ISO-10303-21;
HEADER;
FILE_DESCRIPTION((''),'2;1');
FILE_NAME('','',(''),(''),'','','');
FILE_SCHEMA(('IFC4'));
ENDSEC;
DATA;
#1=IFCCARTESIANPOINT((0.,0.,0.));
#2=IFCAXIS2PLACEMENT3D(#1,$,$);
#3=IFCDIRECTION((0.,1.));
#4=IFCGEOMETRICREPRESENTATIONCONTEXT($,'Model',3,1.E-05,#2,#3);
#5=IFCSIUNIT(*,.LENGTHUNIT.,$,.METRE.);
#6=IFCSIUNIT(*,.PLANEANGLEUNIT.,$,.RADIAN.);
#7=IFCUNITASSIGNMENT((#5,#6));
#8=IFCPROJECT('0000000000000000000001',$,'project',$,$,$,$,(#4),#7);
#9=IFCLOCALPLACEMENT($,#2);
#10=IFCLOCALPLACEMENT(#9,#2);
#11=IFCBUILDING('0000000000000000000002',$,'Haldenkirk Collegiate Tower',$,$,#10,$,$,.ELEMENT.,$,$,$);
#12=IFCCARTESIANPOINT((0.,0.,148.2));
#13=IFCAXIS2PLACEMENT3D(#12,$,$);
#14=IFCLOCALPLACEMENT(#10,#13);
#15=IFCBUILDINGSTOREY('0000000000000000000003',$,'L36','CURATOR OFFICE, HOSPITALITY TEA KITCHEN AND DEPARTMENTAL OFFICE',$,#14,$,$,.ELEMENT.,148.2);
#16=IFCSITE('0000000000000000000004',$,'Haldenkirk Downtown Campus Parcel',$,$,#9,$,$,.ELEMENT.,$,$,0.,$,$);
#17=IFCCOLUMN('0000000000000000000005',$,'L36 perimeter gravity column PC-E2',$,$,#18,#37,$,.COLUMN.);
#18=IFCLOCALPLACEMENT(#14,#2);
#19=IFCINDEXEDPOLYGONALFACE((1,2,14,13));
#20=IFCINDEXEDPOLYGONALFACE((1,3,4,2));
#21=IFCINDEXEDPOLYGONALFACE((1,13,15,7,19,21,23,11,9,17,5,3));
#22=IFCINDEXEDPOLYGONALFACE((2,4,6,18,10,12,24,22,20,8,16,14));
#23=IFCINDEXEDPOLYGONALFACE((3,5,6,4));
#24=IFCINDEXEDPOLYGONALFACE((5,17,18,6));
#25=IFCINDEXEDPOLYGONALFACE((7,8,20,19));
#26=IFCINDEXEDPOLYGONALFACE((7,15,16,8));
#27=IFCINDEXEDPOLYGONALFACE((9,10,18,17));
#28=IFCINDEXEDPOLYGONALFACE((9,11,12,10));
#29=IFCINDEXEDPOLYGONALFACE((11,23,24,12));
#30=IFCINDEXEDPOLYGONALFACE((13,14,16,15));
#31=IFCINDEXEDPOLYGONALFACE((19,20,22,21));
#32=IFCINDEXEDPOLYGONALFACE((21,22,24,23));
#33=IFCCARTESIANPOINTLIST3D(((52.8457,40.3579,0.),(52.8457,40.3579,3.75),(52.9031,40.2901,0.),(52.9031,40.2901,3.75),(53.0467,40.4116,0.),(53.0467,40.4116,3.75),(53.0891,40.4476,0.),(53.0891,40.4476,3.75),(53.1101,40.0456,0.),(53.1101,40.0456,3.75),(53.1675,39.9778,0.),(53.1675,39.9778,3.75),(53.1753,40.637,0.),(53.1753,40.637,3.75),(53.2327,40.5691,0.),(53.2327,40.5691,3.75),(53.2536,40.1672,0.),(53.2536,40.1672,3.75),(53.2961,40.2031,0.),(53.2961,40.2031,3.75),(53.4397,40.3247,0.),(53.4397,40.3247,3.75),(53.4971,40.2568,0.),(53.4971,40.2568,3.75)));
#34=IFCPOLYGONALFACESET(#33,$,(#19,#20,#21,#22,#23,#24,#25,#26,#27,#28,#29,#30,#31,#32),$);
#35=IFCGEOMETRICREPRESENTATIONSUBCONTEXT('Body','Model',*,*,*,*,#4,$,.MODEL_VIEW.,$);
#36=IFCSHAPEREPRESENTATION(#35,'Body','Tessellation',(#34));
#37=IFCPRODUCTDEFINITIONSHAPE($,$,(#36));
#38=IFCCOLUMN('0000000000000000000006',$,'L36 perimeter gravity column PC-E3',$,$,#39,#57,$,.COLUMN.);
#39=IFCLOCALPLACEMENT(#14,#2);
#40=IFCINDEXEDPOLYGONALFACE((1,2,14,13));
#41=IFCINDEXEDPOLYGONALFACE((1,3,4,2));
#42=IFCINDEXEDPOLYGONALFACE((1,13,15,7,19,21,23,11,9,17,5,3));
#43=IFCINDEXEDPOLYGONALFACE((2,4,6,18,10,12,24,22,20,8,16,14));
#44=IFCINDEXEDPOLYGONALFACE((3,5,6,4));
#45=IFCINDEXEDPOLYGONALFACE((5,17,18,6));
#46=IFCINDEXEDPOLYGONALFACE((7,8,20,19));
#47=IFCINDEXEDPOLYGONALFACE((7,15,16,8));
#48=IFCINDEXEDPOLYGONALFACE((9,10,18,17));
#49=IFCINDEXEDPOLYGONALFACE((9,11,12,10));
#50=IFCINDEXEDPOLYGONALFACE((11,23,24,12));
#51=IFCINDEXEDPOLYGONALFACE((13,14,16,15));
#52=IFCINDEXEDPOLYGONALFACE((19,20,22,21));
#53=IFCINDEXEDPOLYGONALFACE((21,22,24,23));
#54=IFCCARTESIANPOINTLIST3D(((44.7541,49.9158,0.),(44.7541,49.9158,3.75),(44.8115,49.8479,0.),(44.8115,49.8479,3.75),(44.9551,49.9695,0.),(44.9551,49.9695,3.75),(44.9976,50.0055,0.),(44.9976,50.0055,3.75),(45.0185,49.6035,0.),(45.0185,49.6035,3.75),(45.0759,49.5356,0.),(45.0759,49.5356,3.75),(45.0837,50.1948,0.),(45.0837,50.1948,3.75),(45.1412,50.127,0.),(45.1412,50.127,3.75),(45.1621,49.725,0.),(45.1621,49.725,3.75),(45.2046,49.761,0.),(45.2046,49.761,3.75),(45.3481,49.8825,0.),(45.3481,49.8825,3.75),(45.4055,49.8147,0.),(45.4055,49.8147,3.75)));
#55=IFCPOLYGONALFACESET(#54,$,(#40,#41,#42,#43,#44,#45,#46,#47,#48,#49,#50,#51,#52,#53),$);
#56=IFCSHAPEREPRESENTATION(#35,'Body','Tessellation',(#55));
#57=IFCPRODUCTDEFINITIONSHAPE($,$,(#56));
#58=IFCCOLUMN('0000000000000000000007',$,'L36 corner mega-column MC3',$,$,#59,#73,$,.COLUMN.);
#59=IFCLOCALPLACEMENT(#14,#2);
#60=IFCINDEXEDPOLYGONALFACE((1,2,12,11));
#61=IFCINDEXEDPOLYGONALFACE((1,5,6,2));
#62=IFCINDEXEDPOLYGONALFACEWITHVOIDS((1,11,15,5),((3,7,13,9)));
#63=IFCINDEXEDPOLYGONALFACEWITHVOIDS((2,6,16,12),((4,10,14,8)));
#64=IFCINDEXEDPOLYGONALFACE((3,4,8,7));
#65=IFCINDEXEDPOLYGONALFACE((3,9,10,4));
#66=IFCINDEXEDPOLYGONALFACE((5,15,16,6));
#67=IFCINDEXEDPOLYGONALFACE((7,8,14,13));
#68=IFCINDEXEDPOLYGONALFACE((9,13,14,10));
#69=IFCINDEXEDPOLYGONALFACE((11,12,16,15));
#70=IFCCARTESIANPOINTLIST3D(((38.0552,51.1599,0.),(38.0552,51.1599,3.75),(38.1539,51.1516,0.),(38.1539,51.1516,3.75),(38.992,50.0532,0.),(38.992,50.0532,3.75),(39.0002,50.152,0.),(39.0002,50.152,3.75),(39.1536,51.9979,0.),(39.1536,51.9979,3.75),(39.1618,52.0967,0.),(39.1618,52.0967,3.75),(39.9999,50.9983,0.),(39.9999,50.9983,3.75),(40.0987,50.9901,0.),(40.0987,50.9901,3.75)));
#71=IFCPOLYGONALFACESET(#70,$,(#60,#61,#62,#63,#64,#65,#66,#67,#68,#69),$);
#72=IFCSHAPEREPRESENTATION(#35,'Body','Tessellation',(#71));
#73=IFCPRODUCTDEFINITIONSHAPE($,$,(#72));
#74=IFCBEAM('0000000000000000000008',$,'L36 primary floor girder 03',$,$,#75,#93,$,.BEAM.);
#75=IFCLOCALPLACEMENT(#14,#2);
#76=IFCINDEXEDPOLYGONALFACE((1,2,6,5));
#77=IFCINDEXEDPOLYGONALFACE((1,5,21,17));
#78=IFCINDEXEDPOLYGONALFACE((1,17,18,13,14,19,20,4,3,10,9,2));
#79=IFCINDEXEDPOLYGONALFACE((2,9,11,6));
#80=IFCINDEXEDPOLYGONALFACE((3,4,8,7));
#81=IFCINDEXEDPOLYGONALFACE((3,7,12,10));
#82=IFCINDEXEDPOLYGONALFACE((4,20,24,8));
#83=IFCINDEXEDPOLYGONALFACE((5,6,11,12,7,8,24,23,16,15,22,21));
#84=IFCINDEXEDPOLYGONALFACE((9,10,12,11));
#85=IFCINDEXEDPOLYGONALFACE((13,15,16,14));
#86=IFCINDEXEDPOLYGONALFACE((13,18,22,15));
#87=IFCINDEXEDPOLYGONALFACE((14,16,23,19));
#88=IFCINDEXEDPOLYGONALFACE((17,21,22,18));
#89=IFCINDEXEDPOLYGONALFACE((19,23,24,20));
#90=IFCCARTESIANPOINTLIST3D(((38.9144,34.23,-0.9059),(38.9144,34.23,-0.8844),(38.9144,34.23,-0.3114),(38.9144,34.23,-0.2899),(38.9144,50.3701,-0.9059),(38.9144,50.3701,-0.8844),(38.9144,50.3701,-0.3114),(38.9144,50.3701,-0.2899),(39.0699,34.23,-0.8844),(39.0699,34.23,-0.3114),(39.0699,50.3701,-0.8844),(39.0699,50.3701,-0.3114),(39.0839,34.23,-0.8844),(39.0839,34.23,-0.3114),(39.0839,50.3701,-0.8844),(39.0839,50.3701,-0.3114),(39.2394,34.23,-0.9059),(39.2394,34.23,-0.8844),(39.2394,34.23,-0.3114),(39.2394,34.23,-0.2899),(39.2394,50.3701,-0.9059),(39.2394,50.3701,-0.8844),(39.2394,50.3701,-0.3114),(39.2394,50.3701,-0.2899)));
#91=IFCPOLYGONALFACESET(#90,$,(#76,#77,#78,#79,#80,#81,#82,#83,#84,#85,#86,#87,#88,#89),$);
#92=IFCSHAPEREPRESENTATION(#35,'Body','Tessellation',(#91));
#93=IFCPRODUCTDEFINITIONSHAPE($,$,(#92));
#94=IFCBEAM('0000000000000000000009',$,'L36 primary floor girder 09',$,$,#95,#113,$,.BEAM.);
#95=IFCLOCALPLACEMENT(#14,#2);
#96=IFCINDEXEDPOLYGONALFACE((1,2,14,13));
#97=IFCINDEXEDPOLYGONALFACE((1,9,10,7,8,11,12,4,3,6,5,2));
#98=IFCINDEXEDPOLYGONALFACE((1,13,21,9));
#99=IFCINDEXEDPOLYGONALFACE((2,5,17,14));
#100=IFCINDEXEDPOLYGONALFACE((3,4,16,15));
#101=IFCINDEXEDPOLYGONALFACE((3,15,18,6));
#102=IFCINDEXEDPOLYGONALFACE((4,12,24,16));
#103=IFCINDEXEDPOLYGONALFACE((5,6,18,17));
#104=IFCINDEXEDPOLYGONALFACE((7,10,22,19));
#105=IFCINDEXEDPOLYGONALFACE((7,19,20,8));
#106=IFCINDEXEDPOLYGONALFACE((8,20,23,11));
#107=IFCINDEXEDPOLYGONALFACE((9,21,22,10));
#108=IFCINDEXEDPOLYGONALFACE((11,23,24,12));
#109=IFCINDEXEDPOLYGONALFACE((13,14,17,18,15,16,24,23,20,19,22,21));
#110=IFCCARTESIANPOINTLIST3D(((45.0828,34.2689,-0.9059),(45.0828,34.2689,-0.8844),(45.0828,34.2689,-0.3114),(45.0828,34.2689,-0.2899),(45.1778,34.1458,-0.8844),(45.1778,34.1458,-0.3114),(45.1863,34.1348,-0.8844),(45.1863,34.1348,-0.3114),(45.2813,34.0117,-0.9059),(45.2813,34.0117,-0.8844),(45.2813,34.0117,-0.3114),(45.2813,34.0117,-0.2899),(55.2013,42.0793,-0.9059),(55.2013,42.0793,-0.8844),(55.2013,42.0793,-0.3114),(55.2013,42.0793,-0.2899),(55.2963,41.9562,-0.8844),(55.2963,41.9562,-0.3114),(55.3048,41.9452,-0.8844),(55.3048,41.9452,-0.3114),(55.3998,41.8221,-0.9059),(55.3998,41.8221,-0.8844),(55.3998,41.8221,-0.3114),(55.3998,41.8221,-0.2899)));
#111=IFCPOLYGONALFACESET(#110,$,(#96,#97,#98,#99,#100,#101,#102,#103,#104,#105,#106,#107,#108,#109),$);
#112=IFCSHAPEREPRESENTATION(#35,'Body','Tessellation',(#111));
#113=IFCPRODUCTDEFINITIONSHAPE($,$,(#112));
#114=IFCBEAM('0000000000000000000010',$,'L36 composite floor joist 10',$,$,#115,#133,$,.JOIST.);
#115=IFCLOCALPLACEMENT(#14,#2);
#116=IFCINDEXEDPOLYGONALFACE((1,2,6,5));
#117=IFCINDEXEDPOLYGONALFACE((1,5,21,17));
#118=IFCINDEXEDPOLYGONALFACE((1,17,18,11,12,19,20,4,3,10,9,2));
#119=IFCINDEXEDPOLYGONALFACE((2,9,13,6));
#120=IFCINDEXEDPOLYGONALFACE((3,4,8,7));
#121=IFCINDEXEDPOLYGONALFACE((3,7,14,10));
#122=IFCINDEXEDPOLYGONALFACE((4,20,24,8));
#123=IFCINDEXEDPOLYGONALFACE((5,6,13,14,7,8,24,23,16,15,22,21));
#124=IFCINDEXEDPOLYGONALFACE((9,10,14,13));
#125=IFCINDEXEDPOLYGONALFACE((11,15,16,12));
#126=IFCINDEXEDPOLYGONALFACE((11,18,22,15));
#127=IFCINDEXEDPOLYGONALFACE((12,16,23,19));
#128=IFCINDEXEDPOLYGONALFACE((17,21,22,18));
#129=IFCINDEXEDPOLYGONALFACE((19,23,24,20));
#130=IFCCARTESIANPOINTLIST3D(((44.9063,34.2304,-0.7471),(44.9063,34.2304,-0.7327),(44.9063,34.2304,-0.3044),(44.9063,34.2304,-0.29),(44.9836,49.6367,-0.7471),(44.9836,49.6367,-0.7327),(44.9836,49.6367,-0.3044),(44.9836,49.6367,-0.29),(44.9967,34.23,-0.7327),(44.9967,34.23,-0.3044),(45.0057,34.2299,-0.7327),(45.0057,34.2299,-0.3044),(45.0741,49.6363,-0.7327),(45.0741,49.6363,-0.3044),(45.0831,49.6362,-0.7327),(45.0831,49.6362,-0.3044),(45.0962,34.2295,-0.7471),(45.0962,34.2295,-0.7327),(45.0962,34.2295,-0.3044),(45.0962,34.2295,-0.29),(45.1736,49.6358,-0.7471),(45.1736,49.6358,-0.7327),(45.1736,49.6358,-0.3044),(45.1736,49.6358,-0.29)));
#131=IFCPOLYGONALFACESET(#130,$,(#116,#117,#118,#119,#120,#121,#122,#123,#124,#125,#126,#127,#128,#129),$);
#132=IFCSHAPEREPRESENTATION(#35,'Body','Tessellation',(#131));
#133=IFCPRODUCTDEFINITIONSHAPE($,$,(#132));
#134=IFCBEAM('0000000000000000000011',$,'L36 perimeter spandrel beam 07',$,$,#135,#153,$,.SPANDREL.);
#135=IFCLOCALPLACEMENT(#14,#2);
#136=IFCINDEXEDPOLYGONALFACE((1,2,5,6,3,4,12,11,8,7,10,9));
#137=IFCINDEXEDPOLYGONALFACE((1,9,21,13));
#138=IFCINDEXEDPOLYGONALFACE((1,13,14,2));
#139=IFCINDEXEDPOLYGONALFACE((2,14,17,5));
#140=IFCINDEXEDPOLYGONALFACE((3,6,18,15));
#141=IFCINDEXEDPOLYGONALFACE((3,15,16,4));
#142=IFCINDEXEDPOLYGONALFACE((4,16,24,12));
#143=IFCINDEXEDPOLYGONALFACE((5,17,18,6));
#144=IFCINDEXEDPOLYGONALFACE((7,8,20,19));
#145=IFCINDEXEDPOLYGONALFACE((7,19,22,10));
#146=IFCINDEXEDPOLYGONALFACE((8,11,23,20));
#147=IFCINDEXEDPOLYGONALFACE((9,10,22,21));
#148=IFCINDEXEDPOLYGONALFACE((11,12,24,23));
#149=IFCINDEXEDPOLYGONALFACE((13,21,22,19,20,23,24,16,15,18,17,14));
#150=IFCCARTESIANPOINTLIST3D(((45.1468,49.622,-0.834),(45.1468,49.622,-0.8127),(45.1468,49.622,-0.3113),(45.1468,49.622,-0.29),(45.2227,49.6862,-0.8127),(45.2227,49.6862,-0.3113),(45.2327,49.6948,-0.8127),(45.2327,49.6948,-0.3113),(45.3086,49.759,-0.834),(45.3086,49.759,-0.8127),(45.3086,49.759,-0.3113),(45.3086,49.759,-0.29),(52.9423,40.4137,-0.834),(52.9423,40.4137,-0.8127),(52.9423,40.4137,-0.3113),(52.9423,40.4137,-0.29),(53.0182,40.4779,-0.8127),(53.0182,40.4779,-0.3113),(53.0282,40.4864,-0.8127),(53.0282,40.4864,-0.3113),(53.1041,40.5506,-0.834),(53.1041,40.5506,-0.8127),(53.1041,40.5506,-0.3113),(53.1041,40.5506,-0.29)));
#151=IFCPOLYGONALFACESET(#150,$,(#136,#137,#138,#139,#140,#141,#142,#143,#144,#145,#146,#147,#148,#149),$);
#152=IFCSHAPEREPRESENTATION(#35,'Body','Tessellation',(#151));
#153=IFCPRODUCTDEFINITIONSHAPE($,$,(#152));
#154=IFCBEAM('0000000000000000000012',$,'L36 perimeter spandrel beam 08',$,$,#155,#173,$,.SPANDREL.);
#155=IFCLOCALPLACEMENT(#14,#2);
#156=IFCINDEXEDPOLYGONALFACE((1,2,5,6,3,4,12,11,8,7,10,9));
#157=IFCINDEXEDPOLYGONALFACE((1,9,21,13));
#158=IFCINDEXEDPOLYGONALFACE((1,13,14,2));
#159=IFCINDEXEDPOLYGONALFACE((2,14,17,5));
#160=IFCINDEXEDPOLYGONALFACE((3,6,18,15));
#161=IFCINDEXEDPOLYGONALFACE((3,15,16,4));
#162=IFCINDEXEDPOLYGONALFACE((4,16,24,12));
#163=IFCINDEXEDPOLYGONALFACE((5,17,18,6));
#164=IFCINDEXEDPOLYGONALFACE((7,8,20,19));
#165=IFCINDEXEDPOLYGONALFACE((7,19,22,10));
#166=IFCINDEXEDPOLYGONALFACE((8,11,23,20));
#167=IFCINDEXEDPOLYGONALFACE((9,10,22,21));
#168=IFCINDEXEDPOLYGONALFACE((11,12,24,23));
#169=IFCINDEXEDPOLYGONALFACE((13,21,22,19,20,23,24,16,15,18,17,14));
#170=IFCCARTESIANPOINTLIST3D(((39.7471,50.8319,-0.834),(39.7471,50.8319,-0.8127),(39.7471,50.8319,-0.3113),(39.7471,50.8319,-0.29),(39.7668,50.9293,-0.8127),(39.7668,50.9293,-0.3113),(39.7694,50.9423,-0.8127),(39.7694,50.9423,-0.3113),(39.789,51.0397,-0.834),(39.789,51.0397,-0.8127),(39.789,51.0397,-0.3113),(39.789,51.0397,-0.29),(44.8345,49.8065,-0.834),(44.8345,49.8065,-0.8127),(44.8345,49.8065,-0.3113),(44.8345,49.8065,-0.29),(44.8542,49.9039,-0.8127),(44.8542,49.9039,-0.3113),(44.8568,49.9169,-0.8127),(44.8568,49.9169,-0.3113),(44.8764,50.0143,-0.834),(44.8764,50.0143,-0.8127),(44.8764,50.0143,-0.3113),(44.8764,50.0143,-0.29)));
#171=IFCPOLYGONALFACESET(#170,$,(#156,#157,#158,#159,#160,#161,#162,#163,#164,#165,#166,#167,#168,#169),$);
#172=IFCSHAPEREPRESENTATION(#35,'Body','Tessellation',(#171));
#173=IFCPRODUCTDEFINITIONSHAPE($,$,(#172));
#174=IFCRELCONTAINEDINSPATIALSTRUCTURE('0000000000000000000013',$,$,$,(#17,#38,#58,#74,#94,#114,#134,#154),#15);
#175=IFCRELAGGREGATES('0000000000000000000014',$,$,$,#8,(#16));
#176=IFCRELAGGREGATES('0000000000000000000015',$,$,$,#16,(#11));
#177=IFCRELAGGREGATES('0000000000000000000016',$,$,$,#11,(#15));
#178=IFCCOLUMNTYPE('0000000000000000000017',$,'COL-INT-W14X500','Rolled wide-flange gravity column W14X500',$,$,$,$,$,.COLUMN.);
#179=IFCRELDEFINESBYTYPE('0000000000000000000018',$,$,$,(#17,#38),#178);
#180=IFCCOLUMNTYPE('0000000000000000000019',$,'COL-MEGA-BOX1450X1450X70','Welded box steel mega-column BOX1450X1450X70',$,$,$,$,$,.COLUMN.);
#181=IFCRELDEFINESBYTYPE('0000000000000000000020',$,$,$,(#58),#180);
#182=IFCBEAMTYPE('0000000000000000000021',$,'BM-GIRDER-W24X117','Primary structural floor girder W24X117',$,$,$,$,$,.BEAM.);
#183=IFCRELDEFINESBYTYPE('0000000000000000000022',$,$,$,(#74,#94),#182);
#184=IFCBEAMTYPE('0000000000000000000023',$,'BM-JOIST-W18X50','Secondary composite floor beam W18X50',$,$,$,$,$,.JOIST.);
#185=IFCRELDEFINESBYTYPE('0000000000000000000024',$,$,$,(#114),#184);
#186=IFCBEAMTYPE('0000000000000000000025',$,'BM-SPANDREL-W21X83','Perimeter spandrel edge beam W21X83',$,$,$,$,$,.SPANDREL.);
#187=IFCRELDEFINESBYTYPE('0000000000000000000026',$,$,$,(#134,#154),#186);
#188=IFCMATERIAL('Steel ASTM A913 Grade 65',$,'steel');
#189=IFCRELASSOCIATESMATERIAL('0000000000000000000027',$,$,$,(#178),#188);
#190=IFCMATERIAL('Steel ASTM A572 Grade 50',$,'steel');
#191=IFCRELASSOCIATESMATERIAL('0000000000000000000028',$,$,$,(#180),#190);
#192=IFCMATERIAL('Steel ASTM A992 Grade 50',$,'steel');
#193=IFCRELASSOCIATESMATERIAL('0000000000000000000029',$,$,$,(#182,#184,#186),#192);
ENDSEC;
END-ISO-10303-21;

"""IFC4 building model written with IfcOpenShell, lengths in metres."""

from ifc_helpers import new_model, si_unit, direction, frame, origin, origin_2d, place, context, subcontext, project, spatial, hollow_rectangle, i_section, extrude, material, material_profile, profile_set, type_object, element, save


model = new_model("IFC4")

# Units and contexts
model_context = context("Model", 3, precision=1e-05, world=origin(), true_north=direction((0.0, 1.0)))
body_context = subcontext(model_context, "Body", "Model", "MODEL_VIEW")
ifc_project = project(units=[si_unit("LENGTHUNIT", "METRE"), si_unit("PLANEANGLEUNIT", "RADIAN")], contexts=[model_context])

# Site, building, storey
site_placement = place(None, origin())
site = spatial("IfcSite", under=ifc_project, at=site_placement, Name="Haldenkirk Downtown Campus Parcel", CompositionType="ELEMENT", RefElevation=0.0)
building_placement = place(site_placement, origin())
building = spatial("IfcBuilding", under=site, at=building_placement, Name="Haldenkirk Collegiate Tower", CompositionType="ELEMENT")
storey_placement = place(building_placement, frame((0.0, 0.0, 148.2)))
storey = spatial("IfcBuildingStorey", under=building, at=storey_placement, Name="L36", Description="CURATOR OFFICE, HOSPITALITY TEA KITCHEN AND DEPARTMENTAL OFFICE", CompositionType="ELEMENT", Elevation=148.2)

# Columns
ifc_material_1 = material(Name="Steel ASTM A913 Grade 65", Category="steel")
ifc_material_profile_1 = material_profile(ifc_material_1, i_section(OverallWidth=0.4319, OverallDepth=0.498, WebThickness=0.0557, FlangeThickness=0.0889, at=origin_2d()), Name="W14X500")
ifc_profile_set_1 = profile_set([ifc_material_profile_1], Name="Steel ASTM A913 Grade 65")
column_type_1 = type_object("IfcColumnType", Name="COL-INT-W14X500", Description="Rolled wide-flange gravity column W14X500", PredefinedType="COLUMN", material=ifc_profile_set_1)
for number, where, z_axis, x_axis, name in (
    (1, (53.1714, 40.3074, 0.0), (0.0, 0.0, 1.0), (0.763232, 0.646124, 0.0), "L36 perimeter gravity column PC-E2"),
    (2, (45.0798, 49.8652, 0.0), (0.0, 0.0, 1.0), (0.763232, 0.646124, 0.0), "L36 perimeter gravity column PC-E3"),
):
    element("IfcColumn", number, at=place(storey_placement, frame(where, z_axis=z_axis, x_axis=x_axis)), inside=storey, type_object=column_type_1, Name=name, PredefinedType="COLUMN", context=body_context, shape_type="SweptSolid", body=[
        extrude(i_section(OverallWidth=0.4319, OverallDepth=0.498, WebThickness=0.0557, FlangeThickness=0.0889, at=origin_2d()), origin(), (0.0, 0.0, 1.0), 3.75),
    ])
ifc_material_2 = material(Name="Steel ASTM A572 Grade 50", Category="steel")
ifc_material_profile_2 = material_profile(ifc_material_2, hollow_rectangle(XDim=1.45, YDim=1.45, WallThickness=0.0701, at=origin_2d()), Name="BOX1450X1450X70")
ifc_profile_set_2 = profile_set([ifc_material_profile_2], Name="Steel ASTM A572 Grade 50")
column_type_2 = type_object("IfcColumnType", Name="COL-MEGA-BOX1450X1450X70", Description="Welded box steel mega-column BOX1450X1450X70", PredefinedType="COLUMN", material=ifc_profile_set_2)
column_placement = place(storey_placement, frame((39.0769, 51.075, 0.0), z_axis=(0.0, 0.0, 1.0), x_axis=(0.763232, 0.646124, 0.0)))
element("IfcColumn", 3, at=column_placement, inside=storey, type_object=column_type_2, Name="L36 corner mega-column MC3", PredefinedType="COLUMN", context=body_context, shape_type="SweptSolid", body=[
    extrude(hollow_rectangle(XDim=1.45, YDim=1.45, WallThickness=0.0701, at=origin_2d()), origin(), (0.0, 0.0, 1.0), 3.75),
])

# Beams
ifc_material_3 = material(Name="Steel ASTM A992 Grade 50", Category="steel")
ifc_material_profile_3 = material_profile(ifc_material_3, i_section(OverallWidth=0.325, OverallDepth=0.616, WebThickness=0.0139, FlangeThickness=0.0215, at=origin_2d()), Name="W24X117")
ifc_profile_set_3 = profile_set([ifc_material_profile_3], Name="Steel ASTM A992 Grade 50")
beam_type_1 = type_object("IfcBeamType", Name="BM-GIRDER-W24X117", Description="Primary structural floor girder W24X117", PredefinedType="BEAM", material=ifc_profile_set_3)
beam_1_placement = place(storey_placement, frame((39.0769, 50.3701, -0.5979), z_axis=(0.0, -1.0, 0.0), x_axis=(1.0, 0.0, 0.0)))
element("IfcBeam", 4, at=beam_1_placement, inside=storey, type_object=beam_type_1, Name="L36 primary floor girder 03", PredefinedType="BEAM", context=body_context, shape_type="SweptSolid", body=[
    extrude(i_section(OverallWidth=0.325, OverallDepth=0.616, WebThickness=0.0139, FlangeThickness=0.0215, at=origin_2d()), origin(), (0.0, 0.0, 1.0), 16.1401),
])
beam_2_placement = place(storey_placement, frame((55.3005, 41.9507, -0.5979), z_axis=(-0.791605, -0.611033, 0.0), x_axis=(0.611033, -0.791605, 0.0)))
element("IfcBeam", 5, at=beam_2_placement, inside=storey, type_object=beam_type_1, Name="L36 primary floor girder 09", PredefinedType="BEAM", context=body_context, shape_type="SweptSolid", body=[
    extrude(i_section(OverallWidth=0.325, OverallDepth=0.616, WebThickness=0.0139, FlangeThickness=0.0215, at=origin_2d()), origin(), (0.0, 0.0, 1.0), 12.7822),
])
ifc_material_profile_4 = material_profile(ifc_material_3, i_section(OverallWidth=0.1899, OverallDepth=0.457, WebThickness=0.009, FlangeThickness=0.0144, at=origin_2d()), Name="W18X50")
ifc_profile_set_4 = profile_set([ifc_material_profile_4], Name="Steel ASTM A992 Grade 50")
beam_type_2 = type_object("IfcBeamType", Name="BM-JOIST-W18X50", Description="Secondary composite floor beam W18X50", PredefinedType="JOIST", material=ifc_profile_set_4)
beam_3_placement = place(storey_placement, frame((45.0786, 49.6362, -0.5186), z_axis=(-0.005023, -0.999987, 0.0), x_axis=(0.999987, -0.005023, 0.0)))
element("IfcBeam", 6, at=beam_3_placement, inside=storey, type_object=beam_type_2, Name="L36 composite floor joist 10", PredefinedType="JOIST", context=body_context, shape_type="SweptSolid", body=[
    extrude(i_section(OverallWidth=0.1899, OverallDepth=0.457, WebThickness=0.009, FlangeThickness=0.0144, at=origin_2d()), origin(), (0.0, 0.0, 1.0), 15.4065),
])
ifc_material_profile_5 = material_profile(ifc_material_3, i_section(OverallWidth=0.2119, OverallDepth=0.5439, WebThickness=0.0132, FlangeThickness=0.0212, at=origin_2d()), Name="W21X83")
ifc_profile_set_5 = profile_set([ifc_material_profile_5], Name="Steel ASTM A992 Grade 50")
beam_type_3 = type_object("IfcBeamType", Name="BM-SPANDREL-W21X83", Description="Perimeter spandrel edge beam W21X83", PredefinedType="SPANDREL", material=ifc_profile_set_5)
beam_4_placement = place(storey_placement, frame((53.0232, 40.4822, -0.562), z_axis=(-0.646126, 0.76323, 0.0), x_axis=(-0.76323, -0.646126, 0.0)))
element("IfcBeam", 7, at=beam_4_placement, inside=storey, type_object=beam_type_3, Name="L36 perimeter spandrel beam 07", PredefinedType="SPANDREL", context=body_context, shape_type="SweptSolid", body=[
    extrude(i_section(OverallWidth=0.2119, OverallDepth=0.5439, WebThickness=0.0132, FlangeThickness=0.0212, at=origin_2d()), origin(), (0.0, 0.0, 1.0), 12.0649),
])
beam_5_placement = place(storey_placement, frame((44.8555, 49.9104, -0.562), z_axis=(-0.980286, 0.197581, 0.0), x_axis=(-0.197581, -0.980286, 0.0)))
element("IfcBeam", 8, at=beam_5_placement, inside=storey, type_object=beam_type_3, Name="L36 perimeter spandrel beam 08", PredefinedType="SPANDREL", context=body_context, shape_type="SweptSolid", body=[
    extrude(i_section(OverallWidth=0.2119, OverallDepth=0.5439, WebThickness=0.0132, FlangeThickness=0.0212, at=origin_2d()), origin(), (0.0, 0.0, 1.0), 5.1897),
])

save(model, "model.ifc")
